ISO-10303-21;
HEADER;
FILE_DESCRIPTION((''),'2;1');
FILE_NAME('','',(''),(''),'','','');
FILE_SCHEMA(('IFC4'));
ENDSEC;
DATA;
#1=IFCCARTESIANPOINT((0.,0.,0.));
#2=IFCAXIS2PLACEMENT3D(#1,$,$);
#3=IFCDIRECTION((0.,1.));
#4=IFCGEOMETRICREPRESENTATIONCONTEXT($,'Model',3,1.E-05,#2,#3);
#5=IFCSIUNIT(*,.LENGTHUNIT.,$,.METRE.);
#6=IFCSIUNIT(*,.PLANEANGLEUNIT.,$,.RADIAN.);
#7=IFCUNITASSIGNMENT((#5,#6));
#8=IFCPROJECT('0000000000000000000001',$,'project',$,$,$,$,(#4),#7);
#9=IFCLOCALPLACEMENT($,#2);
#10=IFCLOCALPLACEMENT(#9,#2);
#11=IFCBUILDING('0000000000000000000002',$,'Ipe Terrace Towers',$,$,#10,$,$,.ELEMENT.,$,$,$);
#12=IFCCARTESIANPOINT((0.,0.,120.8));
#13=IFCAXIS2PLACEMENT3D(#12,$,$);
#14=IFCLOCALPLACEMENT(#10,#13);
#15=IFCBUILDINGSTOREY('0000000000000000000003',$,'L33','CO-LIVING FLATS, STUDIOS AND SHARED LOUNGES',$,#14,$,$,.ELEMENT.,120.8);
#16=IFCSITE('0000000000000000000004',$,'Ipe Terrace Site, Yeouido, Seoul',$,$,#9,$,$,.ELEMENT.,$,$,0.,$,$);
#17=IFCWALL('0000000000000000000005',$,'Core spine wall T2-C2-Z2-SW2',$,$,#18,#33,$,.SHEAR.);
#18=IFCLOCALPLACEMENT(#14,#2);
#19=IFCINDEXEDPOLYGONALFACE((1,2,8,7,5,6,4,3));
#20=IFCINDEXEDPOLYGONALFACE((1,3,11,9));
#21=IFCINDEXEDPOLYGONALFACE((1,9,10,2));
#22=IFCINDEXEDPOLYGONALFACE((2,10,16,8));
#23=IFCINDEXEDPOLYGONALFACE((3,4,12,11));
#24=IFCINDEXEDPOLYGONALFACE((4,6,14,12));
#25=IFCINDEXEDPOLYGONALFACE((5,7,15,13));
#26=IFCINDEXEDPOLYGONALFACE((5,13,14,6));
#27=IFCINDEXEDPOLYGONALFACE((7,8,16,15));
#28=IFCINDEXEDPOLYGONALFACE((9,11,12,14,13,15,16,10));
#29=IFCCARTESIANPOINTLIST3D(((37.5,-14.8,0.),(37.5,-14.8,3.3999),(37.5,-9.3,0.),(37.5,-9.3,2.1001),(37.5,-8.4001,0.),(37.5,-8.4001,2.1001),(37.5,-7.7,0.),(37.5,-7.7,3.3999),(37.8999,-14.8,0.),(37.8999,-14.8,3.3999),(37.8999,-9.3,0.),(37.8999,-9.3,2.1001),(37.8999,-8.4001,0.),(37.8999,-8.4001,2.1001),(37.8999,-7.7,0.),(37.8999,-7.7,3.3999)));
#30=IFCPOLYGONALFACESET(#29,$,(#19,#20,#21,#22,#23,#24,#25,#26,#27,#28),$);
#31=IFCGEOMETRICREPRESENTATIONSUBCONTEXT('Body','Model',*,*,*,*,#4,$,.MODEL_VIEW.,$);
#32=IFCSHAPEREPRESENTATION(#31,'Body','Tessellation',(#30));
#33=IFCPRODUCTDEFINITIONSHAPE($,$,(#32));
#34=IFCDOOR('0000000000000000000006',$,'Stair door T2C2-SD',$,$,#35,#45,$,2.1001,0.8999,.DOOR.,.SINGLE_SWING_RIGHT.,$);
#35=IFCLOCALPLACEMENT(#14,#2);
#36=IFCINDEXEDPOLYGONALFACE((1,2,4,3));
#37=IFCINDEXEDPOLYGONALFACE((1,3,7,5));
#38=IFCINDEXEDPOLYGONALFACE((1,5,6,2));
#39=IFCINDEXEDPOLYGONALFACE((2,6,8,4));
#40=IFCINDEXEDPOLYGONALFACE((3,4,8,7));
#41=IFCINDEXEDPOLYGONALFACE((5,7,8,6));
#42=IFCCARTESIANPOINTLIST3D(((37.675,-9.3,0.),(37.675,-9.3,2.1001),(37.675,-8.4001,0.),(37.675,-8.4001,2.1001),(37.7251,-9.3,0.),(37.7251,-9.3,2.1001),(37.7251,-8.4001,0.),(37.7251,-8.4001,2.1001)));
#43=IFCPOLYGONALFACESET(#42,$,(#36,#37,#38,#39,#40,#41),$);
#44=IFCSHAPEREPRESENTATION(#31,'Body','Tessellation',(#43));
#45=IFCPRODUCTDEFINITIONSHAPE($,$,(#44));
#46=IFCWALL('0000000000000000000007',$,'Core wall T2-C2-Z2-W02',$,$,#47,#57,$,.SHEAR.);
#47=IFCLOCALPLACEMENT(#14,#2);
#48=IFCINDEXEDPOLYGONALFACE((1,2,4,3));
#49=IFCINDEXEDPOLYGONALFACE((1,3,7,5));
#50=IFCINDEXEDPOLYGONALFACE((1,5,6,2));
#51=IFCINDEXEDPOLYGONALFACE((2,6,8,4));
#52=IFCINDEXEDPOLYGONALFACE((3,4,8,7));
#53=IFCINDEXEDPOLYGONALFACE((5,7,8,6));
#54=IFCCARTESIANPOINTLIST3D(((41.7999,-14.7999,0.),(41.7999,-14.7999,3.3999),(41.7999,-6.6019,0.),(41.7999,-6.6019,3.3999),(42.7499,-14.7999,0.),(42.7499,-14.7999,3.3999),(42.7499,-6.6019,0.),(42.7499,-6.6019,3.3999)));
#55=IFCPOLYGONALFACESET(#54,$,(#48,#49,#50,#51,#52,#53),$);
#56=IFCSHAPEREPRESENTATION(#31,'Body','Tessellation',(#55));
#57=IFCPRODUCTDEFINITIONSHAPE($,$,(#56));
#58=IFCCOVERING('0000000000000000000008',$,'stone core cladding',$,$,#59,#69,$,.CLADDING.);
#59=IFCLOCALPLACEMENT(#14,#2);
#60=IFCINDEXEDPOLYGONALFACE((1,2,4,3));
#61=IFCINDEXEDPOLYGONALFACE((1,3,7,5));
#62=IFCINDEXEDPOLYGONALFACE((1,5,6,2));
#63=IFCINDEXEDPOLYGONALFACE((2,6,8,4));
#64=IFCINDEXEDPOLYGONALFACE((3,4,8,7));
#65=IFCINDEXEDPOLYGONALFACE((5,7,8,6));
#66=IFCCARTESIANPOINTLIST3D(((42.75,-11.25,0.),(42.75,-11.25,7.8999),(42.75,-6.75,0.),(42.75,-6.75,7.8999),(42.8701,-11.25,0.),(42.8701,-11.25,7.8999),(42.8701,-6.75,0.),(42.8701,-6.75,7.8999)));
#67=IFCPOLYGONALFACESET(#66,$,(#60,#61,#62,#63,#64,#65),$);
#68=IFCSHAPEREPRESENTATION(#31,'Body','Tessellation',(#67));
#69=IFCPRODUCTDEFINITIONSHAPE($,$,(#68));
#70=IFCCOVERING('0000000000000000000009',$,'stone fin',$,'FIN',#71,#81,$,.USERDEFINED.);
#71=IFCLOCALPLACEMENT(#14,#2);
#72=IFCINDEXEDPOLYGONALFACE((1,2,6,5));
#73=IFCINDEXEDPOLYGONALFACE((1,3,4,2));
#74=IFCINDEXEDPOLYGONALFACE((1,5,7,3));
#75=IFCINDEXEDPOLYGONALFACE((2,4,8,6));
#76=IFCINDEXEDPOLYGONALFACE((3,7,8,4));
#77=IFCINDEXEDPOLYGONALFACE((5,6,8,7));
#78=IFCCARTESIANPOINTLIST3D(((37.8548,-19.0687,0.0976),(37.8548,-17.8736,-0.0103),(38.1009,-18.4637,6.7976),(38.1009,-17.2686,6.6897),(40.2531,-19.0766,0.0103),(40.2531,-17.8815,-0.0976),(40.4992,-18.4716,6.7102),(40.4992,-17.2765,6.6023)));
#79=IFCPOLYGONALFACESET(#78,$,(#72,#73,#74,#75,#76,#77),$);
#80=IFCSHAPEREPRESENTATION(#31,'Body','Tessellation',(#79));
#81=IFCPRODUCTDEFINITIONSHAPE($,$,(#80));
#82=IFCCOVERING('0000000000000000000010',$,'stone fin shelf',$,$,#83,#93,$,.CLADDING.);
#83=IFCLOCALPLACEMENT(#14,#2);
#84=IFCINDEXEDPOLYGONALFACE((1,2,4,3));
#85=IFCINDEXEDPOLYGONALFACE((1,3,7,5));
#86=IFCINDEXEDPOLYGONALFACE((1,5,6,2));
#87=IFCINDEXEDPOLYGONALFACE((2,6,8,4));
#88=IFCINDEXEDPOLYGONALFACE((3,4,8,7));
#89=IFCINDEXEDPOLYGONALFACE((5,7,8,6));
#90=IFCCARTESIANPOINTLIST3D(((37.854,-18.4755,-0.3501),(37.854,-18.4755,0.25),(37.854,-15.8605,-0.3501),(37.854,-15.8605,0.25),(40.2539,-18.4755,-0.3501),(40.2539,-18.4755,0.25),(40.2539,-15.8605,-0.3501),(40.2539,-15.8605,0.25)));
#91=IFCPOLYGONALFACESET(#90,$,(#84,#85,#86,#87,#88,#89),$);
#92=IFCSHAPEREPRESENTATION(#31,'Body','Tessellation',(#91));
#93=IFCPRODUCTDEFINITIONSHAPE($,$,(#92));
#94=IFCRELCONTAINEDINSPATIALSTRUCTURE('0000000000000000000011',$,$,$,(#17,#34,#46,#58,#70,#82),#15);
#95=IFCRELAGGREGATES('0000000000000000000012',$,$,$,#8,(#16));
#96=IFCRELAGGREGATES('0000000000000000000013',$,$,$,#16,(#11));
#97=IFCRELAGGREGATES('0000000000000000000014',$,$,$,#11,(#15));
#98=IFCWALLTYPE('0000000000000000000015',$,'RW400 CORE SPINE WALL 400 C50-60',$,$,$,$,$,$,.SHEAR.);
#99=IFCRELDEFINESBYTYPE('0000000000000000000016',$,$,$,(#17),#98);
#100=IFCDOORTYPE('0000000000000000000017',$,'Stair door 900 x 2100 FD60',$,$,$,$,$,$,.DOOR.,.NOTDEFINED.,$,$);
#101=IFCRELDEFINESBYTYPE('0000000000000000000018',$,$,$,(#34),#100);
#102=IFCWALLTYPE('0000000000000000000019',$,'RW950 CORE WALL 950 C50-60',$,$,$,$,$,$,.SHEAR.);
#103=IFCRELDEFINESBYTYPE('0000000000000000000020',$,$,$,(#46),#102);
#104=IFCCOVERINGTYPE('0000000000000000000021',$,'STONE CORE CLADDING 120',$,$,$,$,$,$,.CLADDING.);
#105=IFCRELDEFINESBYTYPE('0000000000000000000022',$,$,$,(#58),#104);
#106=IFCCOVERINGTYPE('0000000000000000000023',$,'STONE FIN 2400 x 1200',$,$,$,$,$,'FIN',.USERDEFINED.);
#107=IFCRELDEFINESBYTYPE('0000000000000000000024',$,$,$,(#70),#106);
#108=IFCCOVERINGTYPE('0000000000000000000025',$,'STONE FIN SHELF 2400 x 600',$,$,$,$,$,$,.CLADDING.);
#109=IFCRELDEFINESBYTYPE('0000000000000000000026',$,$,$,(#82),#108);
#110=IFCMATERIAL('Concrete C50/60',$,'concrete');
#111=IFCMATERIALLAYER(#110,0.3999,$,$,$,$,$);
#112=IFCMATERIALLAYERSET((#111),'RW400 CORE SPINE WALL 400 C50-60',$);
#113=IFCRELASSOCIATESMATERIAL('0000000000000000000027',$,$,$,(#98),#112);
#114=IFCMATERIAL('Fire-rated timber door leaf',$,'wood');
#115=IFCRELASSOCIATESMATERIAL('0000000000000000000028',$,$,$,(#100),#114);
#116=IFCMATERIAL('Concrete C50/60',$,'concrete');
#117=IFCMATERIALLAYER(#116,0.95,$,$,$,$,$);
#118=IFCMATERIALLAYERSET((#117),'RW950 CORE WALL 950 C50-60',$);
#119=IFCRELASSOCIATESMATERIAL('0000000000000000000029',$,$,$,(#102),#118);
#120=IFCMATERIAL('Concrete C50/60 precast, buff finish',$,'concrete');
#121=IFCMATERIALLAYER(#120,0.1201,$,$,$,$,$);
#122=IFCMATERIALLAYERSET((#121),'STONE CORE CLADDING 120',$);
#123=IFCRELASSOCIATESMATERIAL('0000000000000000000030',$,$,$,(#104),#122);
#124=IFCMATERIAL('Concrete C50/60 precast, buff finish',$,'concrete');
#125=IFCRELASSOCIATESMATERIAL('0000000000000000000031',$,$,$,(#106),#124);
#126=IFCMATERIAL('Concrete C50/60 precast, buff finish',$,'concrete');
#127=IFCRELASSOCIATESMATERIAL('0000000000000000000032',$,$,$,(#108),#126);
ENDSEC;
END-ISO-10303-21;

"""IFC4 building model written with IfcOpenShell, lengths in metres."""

from ifc_helpers import new_model, si_unit, direction, frame, frame_2d, origin, origin_2d, place, context, subcontext, project, spatial, rectangle, extrude, material, layer, layer_set, material_profile, profile_set, type_object, element, fill, save


model = new_model("IFC4")

# Units and contexts
model_context = context("Model", 3, precision=1e-05, world=origin(), true_north=direction((0.0, 1.0)))
body_context = subcontext(model_context, "Body", "Model", "MODEL_VIEW")
ifc_project = project(units=[si_unit("LENGTHUNIT", "METRE"), si_unit("PLANEANGLEUNIT", "RADIAN")], contexts=[model_context])

# Site, building, storey
site_placement = place(None, origin())
site = spatial("IfcSite", under=ifc_project, at=site_placement, Name="Ipe Terrace Site, Yeouido, Seoul", CompositionType="ELEMENT", RefElevation=0.0)
building_placement = place(site_placement, origin())
building = spatial("IfcBuilding", under=site, at=building_placement, Name="Ipe Terrace Towers", CompositionType="ELEMENT")
storey_placement = place(building_placement, frame((0.0, 0.0, 120.8)))
storey = spatial("IfcBuildingStorey", under=building, at=storey_placement, Name="L33", Description="CO-LIVING FLATS, STUDIOS AND SHARED LOUNGES", CompositionType="ELEMENT", Elevation=120.8)

# Wall, opening, door
ifc_material_1 = material(Name="Concrete C50/60", Category="concrete")
ifc_layer_1 = layer(ifc_material_1, 0.3999)
ifc_layer_set_1 = layer_set([ifc_layer_1], Name="RW400 CORE SPINE WALL 400 C50-60")
wall_type_1 = type_object("IfcWallType", Name="RW400 CORE SPINE WALL 400 C50-60", PredefinedType="SHEAR", material=ifc_layer_set_1)
wall_1_placement = place(storey_placement, frame((37.7, -14.8, 0.0), z_axis=(0.0, 0.0, 1.0), x_axis=(0.0, 1.0, 0.0)))
wall_1 = element("IfcWall", 1, at=wall_1_placement, inside=storey, type_object=wall_type_1, Name="Core spine wall T2-C2-Z2-SW2", PredefinedType="SHEAR", context=body_context, shape_type="SweptSolid", body=[
    extrude(rectangle(XDim=7.1001, YDim=0.3999, at=frame_2d((3.55, 0.0))), origin(), (0.0, 0.0, 1.0), 3.3999),
])
opening_1_placement = place(wall_1_placement, frame((5.5, 0.0, 0.0)))
opening_1 = element("IfcOpeningElement", 2, at=opening_1_placement, cuts=wall_1, PredefinedType="OPENING", context=body_context, shape_type="SweptSolid", body=[
    extrude(rectangle(XDim=0.8999, YDim=2.1001, at=frame_2d((0.45, 1.05))), frame((0.0, 0.21, 0.0), z_axis=(0.0, -1.0, 0.0), x_axis=(1.0, 0.0, 0.0)), (0.0, 0.0, 1.0), 0.4199),
])
ifc_material_2 = material(Name="Fire-rated timber door leaf", Category="wood")
door_type_1 = type_object("IfcDoorType", Name="Stair door 900 x 2100 FD60", OperationType="NOTDEFINED", PredefinedType="DOOR", material=ifc_material_2)
door_1_placement = place(opening_1_placement, origin())
door_1 = element("IfcDoor", 3, at=door_1_placement, inside=storey, type_object=door_type_1, Name="Stair door T2C2-SD", OperationType="SINGLE_SWING_RIGHT", OverallHeight=2.1001, OverallWidth=0.8999, PredefinedType="DOOR", context=body_context, shape_type="SweptSolid", body=[
    extrude(rectangle(XDim=0.8999, YDim=2.1001, at=frame_2d((0.45, 1.05))), frame((0.0, 0.0249, 0.0), z_axis=(0.0, -1.0, 0.0), x_axis=(1.0, 0.0, 0.0)), (0.0, 0.0, 1.0), 0.05),
])
fill(opening_1, door_1)

# Wall
ifc_material_3 = material(Name="Concrete C50/60", Category="concrete")
ifc_layer_2 = layer(ifc_material_3, 0.95)
ifc_layer_set_2 = layer_set([ifc_layer_2], Name="RW950 CORE WALL 950 C50-60")
wall_type_2 = type_object("IfcWallType", Name="RW950 CORE WALL 950 C50-60", PredefinedType="SHEAR", material=ifc_layer_set_2)
wall_2_placement = place(storey_placement, frame((42.2749, -14.8, 0.0), z_axis=(0.0, 0.0, 1.0), x_axis=(0.0, 1.0, 0.0)))
element("IfcWall", 4, at=wall_2_placement, inside=storey, type_object=wall_type_2, Name="Core wall T2-C2-Z2-W02", PredefinedType="SHEAR", context=body_context, shape_type="SweptSolid", body=[
    extrude(rectangle(XDim=8.198, YDim=0.95, at=frame_2d((4.0991, 0.0))), origin(), (0.0, 0.0, 1.0), 3.3999),
])

# Coverings
ifc_material_4 = material(Name="Concrete C50/60 precast, buff finish", Category="concrete")
ifc_layer_3 = layer(ifc_material_4, 0.1201)
ifc_layer_set_3 = layer_set([ifc_layer_3], Name="STONE CORE CLADDING 120")
covering_type_1 = type_object("IfcCoveringType", Name="STONE CORE CLADDING 120", PredefinedType="CLADDING", material=ifc_layer_set_3)
covering_1_placement = place(storey_placement, frame((42.8101, -9.0, 0.0), z_axis=(0.0, 0.0, 1.0), x_axis=(0.0, 1.0, 0.0)))
element("IfcCovering", 5, at=covering_1_placement, inside=storey, type_object=covering_type_1, Name="stone core cladding", PredefinedType="CLADDING", context=body_context, shape_type="SweptSolid", body=[
    extrude(rectangle(XDim=4.5, YDim=0.1201, at=origin_2d()), origin(), (0.0, 0.0, 1.0), 7.8999),
])
ifc_material_5 = material(Name="Concrete C50/60 precast, buff finish", Category="concrete")
ifc_material_profile = material_profile(ifc_material_5, rectangle(XDim=2.3999, YDim=1.2, at=origin_2d()), Name="STONE FIN 2400 x 1200")
ifc_profile_set = profile_set([ifc_material_profile], Name="Concrete C50/60 precast, buff finish")
covering_type_2 = type_object("IfcCoveringType", Name="STONE FIN 2400 x 1200", ElementType="FIN", PredefinedType="USERDEFINED", material=ifc_profile_set)
covering_2_placement = place(storey_placement, frame((39.054, -18.4751, 0.0), z_axis=(0.036557, 0.08987, 0.995282), x_axis=(0.999332, -0.003288, -0.036409)))
element("IfcCovering", 6, at=covering_2_placement, inside=storey, type_object=covering_type_2, Name="stone fin", ObjectType="FIN", PredefinedType="USERDEFINED", context=body_context, shape_type="SweptSolid", body=[
    extrude(rectangle(XDim=2.3999, YDim=1.2, at=origin_2d()), origin(), (0.0, 0.0, 1.0), 6.7317),
])
ifc_material_6 = material(Name="Concrete C50/60 precast, buff finish", Category="concrete")
covering_type_3 = type_object("IfcCoveringType", Name="STONE FIN SHELF 2400 x 600", PredefinedType="CLADDING", material=ifc_material_6)
covering_3_placement = place(storey_placement, frame((39.054, -17.168, -0.3501), z_axis=(0.0, 0.0, 1.0), x_axis=(1.0, 0.0, 0.0)))
element("IfcCovering", 7, at=covering_3_placement, inside=storey, type_object=covering_type_3, Name="stone fin shelf", PredefinedType="CLADDING", context=body_context, shape_type="SweptSolid", body=[
    extrude(rectangle(XDim=2.3999, YDim=2.615, at=origin_2d()), origin(), (0.0, 0.0, 1.0), 0.6001),
])

save(model, "model.ifc")
